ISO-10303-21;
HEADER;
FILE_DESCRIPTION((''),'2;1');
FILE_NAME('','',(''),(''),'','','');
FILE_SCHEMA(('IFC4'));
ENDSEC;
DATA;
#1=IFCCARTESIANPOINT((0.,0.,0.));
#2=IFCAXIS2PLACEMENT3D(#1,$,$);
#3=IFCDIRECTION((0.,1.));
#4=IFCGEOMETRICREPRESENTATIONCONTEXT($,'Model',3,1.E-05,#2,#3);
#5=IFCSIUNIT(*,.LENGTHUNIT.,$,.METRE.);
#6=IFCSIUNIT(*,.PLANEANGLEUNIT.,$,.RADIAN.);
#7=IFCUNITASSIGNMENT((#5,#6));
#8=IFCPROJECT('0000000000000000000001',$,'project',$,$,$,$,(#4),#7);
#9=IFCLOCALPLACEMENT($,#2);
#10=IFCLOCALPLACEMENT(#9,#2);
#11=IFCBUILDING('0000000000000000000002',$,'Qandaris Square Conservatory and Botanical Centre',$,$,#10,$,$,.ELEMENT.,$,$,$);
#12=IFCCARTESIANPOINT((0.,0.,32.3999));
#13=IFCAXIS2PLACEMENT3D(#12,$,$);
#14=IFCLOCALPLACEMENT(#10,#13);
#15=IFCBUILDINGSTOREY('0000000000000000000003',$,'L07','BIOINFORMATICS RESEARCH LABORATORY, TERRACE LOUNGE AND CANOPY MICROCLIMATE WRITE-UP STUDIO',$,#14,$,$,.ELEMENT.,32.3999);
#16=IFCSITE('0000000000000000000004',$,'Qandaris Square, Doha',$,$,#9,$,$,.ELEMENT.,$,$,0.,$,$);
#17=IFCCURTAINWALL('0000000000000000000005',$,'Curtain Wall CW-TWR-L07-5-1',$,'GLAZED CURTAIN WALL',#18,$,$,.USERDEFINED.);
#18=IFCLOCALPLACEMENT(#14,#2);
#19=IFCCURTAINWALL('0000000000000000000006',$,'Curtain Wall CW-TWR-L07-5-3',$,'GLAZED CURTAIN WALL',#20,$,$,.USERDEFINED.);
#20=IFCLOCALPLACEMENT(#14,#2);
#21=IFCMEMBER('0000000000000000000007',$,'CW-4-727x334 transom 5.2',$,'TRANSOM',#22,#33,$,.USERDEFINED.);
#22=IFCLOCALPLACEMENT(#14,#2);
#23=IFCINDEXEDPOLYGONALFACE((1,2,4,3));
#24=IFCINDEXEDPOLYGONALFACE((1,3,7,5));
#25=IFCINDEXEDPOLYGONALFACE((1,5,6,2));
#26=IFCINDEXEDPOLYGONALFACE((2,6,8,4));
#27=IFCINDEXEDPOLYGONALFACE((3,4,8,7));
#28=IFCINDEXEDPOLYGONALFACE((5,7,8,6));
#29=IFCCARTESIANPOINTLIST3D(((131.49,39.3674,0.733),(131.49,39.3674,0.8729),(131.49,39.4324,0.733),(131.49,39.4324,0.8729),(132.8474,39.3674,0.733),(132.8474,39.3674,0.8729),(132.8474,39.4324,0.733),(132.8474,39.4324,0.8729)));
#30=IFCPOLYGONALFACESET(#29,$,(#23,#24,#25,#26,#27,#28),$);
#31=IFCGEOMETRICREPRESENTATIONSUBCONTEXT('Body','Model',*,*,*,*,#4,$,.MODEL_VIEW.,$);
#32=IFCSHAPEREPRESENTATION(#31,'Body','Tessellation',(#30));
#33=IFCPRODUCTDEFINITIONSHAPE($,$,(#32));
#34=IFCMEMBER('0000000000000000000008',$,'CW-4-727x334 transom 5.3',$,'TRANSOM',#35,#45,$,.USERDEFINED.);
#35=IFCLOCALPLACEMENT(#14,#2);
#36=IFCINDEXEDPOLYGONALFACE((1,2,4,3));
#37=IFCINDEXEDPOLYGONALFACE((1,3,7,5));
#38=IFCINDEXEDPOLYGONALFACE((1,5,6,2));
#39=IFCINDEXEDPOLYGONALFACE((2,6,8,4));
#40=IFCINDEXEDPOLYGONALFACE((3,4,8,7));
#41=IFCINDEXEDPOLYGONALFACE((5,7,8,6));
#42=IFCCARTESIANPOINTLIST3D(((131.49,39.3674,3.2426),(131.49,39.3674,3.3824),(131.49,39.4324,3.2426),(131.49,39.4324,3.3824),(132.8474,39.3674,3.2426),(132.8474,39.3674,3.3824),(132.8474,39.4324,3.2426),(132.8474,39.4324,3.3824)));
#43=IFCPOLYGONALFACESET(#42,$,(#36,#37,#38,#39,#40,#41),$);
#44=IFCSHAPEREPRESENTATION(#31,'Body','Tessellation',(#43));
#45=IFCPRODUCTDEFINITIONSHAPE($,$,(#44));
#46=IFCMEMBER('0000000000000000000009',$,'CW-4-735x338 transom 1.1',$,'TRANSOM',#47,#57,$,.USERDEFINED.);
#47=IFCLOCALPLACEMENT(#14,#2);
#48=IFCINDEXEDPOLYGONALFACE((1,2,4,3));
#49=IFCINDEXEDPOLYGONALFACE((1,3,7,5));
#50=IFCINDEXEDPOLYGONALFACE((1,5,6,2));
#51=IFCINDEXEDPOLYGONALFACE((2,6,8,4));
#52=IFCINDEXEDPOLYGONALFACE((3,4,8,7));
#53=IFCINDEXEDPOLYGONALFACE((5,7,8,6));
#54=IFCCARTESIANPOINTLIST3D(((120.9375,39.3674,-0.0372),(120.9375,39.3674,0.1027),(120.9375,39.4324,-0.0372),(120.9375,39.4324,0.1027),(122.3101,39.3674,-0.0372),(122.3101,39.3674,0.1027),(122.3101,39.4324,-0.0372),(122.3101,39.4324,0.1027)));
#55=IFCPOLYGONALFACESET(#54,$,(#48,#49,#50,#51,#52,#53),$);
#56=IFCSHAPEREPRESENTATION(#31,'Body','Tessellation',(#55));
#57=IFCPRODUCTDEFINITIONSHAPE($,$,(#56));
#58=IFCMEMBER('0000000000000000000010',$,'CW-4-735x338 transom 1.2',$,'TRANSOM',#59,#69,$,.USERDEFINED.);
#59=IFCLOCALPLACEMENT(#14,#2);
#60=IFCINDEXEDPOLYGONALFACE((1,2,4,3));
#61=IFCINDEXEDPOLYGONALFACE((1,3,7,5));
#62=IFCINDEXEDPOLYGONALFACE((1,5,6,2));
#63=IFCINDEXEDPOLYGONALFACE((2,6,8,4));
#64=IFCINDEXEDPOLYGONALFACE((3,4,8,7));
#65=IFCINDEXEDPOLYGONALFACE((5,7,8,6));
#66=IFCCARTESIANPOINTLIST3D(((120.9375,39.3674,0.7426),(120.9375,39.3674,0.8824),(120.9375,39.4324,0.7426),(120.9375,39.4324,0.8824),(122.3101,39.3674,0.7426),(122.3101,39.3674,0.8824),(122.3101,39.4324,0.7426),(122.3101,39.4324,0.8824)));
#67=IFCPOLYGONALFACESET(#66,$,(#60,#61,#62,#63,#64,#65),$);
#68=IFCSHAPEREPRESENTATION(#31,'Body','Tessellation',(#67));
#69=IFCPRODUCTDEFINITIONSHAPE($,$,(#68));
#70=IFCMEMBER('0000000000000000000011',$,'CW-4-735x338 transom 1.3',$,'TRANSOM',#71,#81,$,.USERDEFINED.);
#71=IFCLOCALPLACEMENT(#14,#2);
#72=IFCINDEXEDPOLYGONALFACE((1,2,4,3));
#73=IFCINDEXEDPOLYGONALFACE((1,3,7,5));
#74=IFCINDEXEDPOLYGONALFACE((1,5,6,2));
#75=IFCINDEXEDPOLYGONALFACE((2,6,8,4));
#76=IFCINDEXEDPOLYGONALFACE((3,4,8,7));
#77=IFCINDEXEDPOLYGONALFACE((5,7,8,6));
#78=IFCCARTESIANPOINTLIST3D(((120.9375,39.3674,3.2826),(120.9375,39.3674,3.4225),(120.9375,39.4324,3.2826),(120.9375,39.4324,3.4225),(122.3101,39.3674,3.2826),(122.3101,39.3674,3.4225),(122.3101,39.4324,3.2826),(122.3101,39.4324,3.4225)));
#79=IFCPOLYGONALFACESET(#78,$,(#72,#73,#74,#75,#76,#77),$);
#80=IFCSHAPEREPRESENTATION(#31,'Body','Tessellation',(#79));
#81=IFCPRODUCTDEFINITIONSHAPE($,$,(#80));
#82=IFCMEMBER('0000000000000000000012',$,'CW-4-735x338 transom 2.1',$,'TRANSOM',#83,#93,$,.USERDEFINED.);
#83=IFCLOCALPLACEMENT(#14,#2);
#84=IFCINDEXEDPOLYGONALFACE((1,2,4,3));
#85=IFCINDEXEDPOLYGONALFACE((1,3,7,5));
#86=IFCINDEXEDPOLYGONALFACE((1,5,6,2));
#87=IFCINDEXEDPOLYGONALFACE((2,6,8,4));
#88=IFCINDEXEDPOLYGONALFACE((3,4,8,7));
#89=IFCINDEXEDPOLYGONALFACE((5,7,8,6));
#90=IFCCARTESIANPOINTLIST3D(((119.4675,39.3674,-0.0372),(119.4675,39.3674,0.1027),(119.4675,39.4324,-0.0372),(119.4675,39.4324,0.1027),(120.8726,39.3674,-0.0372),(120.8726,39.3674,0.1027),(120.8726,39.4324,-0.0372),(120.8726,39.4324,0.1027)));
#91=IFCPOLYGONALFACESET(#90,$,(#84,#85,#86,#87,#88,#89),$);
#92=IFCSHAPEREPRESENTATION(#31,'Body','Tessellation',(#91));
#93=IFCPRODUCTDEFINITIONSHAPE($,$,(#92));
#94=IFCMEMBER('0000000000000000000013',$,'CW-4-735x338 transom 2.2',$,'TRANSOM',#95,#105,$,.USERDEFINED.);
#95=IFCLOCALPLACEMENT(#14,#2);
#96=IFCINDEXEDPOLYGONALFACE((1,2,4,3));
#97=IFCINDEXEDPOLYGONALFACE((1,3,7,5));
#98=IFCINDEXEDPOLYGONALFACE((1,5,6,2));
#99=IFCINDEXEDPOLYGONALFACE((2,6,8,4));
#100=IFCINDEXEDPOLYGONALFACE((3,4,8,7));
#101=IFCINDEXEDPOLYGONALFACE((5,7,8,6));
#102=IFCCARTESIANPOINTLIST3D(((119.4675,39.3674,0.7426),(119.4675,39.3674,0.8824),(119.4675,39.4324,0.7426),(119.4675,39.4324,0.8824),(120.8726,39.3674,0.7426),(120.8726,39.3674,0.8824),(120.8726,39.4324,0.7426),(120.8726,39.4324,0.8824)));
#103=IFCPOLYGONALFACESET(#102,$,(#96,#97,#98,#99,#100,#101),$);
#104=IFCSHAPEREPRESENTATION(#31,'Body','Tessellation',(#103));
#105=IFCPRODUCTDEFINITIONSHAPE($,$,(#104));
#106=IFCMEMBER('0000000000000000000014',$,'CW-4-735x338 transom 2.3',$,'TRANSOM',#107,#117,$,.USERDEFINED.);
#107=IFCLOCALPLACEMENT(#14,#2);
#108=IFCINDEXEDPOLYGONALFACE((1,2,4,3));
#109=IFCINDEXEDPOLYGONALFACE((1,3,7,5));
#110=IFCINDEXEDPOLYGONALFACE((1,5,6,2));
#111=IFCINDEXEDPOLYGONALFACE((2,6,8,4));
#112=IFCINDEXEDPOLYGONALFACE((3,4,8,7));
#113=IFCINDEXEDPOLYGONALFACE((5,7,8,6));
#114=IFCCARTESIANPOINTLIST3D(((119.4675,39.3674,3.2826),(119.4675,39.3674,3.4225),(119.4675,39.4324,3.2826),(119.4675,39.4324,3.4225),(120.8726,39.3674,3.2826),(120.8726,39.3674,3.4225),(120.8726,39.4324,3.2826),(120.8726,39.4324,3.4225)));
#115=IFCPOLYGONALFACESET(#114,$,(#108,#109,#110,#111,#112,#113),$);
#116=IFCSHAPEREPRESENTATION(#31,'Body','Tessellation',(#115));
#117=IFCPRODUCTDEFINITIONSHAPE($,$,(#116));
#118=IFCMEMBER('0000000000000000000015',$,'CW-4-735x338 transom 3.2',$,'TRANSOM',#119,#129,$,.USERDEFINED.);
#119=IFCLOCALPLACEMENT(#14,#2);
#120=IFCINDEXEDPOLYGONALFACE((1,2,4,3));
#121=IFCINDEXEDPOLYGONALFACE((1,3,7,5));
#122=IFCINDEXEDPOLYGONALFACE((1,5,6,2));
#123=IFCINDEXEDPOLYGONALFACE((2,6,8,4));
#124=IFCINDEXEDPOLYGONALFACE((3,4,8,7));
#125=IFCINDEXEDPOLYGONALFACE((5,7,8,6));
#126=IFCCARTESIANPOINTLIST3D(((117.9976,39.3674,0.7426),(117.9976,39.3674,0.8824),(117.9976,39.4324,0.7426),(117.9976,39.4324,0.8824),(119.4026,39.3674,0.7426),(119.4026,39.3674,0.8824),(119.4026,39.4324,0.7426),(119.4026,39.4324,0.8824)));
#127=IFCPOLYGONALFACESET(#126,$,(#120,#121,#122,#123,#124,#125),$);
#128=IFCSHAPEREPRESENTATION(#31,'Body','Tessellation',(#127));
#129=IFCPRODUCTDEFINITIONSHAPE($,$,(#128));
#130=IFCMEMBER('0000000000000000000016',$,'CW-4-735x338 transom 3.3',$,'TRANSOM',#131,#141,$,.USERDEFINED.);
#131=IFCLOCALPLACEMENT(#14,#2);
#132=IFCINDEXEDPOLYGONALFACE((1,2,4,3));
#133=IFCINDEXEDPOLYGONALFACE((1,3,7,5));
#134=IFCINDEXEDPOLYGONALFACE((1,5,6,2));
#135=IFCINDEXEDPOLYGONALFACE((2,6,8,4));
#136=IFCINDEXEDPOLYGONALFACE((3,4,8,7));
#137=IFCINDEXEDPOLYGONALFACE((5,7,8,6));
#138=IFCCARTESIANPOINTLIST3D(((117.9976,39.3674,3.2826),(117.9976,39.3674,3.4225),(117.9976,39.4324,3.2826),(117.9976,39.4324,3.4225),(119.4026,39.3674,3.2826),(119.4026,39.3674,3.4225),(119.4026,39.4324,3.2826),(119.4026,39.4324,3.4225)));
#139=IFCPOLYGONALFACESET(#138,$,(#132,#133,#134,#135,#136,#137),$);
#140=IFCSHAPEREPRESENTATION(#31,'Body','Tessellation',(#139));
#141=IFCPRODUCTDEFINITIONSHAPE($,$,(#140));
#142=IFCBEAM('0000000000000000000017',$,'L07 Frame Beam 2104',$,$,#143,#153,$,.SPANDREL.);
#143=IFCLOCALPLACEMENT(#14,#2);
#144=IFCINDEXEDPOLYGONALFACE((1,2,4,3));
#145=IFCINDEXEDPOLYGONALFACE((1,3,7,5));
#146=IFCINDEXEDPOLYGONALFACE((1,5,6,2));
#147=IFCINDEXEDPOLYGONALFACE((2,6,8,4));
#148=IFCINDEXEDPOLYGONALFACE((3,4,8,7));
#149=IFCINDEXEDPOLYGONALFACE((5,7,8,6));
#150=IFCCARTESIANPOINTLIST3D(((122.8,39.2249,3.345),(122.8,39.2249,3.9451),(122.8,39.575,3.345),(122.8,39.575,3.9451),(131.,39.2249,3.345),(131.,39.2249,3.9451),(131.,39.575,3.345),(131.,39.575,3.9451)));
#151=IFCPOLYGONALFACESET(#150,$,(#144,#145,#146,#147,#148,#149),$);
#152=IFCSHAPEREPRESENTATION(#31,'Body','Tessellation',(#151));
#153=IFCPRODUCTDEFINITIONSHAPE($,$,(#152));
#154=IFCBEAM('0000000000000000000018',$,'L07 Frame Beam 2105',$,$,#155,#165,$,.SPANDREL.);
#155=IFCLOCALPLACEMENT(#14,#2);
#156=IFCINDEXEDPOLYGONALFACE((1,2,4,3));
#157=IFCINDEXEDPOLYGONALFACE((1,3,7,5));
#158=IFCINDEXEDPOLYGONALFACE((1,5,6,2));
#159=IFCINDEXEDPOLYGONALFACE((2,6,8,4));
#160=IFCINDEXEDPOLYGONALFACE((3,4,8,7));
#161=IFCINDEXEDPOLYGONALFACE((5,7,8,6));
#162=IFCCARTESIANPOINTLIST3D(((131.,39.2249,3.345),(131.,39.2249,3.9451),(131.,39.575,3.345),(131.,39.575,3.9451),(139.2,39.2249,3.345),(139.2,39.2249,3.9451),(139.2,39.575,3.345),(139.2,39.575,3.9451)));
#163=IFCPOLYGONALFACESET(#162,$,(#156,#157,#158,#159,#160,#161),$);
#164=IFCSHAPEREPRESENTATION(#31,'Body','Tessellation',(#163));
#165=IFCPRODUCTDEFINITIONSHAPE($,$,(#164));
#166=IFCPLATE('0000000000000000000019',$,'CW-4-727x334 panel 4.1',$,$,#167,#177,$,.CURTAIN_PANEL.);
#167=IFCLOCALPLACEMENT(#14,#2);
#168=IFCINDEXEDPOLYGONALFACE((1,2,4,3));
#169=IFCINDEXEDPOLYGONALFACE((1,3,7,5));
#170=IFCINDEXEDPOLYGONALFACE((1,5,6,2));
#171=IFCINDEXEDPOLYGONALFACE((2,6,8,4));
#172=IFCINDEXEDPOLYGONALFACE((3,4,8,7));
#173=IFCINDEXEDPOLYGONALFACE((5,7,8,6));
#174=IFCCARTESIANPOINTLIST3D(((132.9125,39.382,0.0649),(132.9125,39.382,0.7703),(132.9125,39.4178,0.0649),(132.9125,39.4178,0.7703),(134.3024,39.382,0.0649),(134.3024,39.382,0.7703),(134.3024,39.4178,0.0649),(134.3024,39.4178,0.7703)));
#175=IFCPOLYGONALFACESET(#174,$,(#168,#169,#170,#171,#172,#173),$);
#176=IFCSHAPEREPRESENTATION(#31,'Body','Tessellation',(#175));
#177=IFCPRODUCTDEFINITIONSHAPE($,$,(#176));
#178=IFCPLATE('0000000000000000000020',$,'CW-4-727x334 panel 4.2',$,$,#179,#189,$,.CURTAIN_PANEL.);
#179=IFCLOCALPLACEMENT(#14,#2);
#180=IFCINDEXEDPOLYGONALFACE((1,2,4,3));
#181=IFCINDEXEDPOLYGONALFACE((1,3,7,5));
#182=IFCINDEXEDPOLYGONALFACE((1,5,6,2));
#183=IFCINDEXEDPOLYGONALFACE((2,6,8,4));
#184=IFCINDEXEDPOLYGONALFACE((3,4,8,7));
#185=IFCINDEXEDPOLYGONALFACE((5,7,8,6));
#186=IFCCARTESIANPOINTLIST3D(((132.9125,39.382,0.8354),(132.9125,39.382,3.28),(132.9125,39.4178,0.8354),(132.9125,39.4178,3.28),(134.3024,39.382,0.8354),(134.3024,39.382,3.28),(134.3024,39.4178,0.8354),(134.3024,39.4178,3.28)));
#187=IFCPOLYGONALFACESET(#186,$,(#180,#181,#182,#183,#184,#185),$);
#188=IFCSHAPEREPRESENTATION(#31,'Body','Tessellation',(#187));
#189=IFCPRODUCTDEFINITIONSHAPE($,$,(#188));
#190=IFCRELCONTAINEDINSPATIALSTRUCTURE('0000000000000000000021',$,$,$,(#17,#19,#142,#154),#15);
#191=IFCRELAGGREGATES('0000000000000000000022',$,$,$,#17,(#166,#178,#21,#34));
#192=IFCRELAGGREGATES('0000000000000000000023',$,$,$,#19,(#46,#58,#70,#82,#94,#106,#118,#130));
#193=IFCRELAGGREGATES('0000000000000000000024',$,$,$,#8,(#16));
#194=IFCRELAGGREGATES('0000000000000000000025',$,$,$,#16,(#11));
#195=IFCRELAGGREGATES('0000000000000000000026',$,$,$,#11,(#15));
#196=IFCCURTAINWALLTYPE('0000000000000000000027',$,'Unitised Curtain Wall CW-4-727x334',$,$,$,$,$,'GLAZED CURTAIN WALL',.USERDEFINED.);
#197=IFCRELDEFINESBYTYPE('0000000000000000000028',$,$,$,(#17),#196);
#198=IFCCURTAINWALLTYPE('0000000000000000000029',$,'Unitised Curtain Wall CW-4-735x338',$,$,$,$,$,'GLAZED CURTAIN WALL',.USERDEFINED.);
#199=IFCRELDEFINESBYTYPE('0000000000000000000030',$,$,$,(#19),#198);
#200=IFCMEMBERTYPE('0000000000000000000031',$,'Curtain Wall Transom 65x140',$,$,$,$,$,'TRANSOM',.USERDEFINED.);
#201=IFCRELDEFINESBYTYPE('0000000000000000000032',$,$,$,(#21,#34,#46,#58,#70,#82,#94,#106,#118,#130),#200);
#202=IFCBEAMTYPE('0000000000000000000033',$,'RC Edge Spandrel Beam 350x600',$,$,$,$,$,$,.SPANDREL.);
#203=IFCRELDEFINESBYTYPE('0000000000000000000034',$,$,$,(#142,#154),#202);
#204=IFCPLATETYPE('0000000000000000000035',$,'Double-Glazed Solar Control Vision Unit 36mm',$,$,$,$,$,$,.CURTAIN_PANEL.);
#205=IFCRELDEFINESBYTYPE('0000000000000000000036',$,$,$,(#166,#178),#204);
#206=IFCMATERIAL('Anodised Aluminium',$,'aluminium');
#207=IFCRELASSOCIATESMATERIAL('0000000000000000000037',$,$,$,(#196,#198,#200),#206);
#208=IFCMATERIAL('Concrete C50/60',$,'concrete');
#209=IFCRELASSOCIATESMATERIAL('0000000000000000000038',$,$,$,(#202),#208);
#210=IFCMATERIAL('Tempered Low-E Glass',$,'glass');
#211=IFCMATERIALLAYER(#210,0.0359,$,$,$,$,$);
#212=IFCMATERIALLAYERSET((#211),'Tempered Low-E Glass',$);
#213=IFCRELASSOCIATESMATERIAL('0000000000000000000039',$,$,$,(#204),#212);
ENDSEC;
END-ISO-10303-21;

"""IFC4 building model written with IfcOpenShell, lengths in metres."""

from ifc_helpers import new_model, si_unit, direction, frame, origin, origin_2d, place, context, subcontext, project, spatial, rectangle, extrude, material, layer, layer_set, material_profile, profile_set, type_object, element, aggregate, save


model = new_model("IFC4")

# Units and contexts
model_context = context("Model", 3, precision=1e-05, world=origin(), true_north=direction((0.0, 1.0)))
body_context = subcontext(model_context, "Body", "Model", "MODEL_VIEW")
ifc_project = project(units=[si_unit("LENGTHUNIT", "METRE"), si_unit("PLANEANGLEUNIT", "RADIAN")], contexts=[model_context])

# Site, building, storey
site_placement = place(None, origin())
site = spatial("IfcSite", under=ifc_project, at=site_placement, Name="Qandaris Square, Doha", CompositionType="ELEMENT", RefElevation=0.0)
building_placement = place(site_placement, origin())
building = spatial("IfcBuilding", under=site, at=building_placement, Name="Qandaris Square Conservatory and Botanical Centre", CompositionType="ELEMENT")
storey_placement = place(building_placement, frame((0.0, 0.0, 32.3999)))
storey = spatial("IfcBuildingStorey", under=building, at=storey_placement, Name="L07", Description="BIOINFORMATICS RESEARCH LABORATORY, TERRACE LOUNGE AND CANOPY MICROCLIMATE WRITE-UP STUDIO", CompositionType="ELEMENT", Elevation=32.3999)

# Shared definitions
ifc_material_1 = material(Name="Concrete C50/60", Category="concrete")

# Curtain walls
ifc_material_2 = material(Name="Anodised Aluminium", Category="aluminium")
curtain_wall_type_1 = type_object("IfcCurtainWallType", Name="Unitised Curtain Wall CW-4-727x334", ElementType="GLAZED CURTAIN WALL", PredefinedType="USERDEFINED", material=ifc_material_2)
curtain_wall_1_placement = place(storey_placement, origin())
curtain_wall_1 = element("IfcCurtainWall", 1, at=curtain_wall_1_placement, inside=storey, type_object=curtain_wall_type_1, Name="Curtain Wall CW-TWR-L07-5-1", ObjectType="GLAZED CURTAIN WALL", PredefinedType="USERDEFINED")
curtain_wall_type_2 = type_object("IfcCurtainWallType", Name="Unitised Curtain Wall CW-4-735x338", ElementType="GLAZED CURTAIN WALL", PredefinedType="USERDEFINED", material=ifc_material_2)
curtain_wall_2_placement = place(storey_placement, origin())
curtain_wall_2 = element("IfcCurtainWall", 2, at=curtain_wall_2_placement, inside=storey, type_object=curtain_wall_type_2, Name="Curtain Wall CW-TWR-L07-5-3", ObjectType="GLAZED CURTAIN WALL", PredefinedType="USERDEFINED")

# Members
ifc_material_profile_1 = material_profile(ifc_material_2, rectangle(XDim=0.0649, YDim=0.1399, at=origin_2d()), Name="ALU-TRN 65x140")
ifc_profile_set_1 = profile_set([ifc_material_profile_1], Name="Anodised Aluminium")
member_type_1 = type_object("IfcMemberType", Name="Curtain Wall Transom 65x140", ElementType="TRANSOM", PredefinedType="USERDEFINED", material=ifc_profile_set_1)
member_1_placement = place(storey_placement, frame((132.8474, 39.3999, 0.803), z_axis=(-1.0, 0.0, 0.0), x_axis=(0.0, -1.0, 0.0)))
member_1 = element("IfcMember", 3, at=member_1_placement, type_object=member_type_1, Name="CW-4-727x334 transom 5.2", ObjectType="TRANSOM", PredefinedType="USERDEFINED", context=body_context, shape_type="SweptSolid", body=[
    extrude(rectangle(XDim=0.0649, YDim=0.1399, at=origin_2d()), origin(), (0.0, 0.0, 1.0), 1.3574),
])
member_2_placement = place(storey_placement, frame((132.8474, 39.3999, 3.3125), z_axis=(-1.0, 0.0, 0.0), x_axis=(0.0, -1.0, 0.0)))
member_2 = element("IfcMember", 4, at=member_2_placement, type_object=member_type_1, Name="CW-4-727x334 transom 5.3", ObjectType="TRANSOM", PredefinedType="USERDEFINED", context=body_context, shape_type="SweptSolid", body=[
    extrude(rectangle(XDim=0.0649, YDim=0.1399, at=origin_2d()), origin(), (0.0, 0.0, 1.0), 1.3574),
])
member_3_placement = place(storey_placement, frame((122.3101, 39.3999, 0.0327), z_axis=(-1.0, 0.0, 0.0), x_axis=(0.0, -1.0, 0.0)))
member_3 = element("IfcMember", 5, at=member_3_placement, type_object=member_type_1, Name="CW-4-735x338 transom 1.1", ObjectType="TRANSOM", PredefinedType="USERDEFINED", context=body_context, shape_type="SweptSolid", body=[
    extrude(rectangle(XDim=0.0649, YDim=0.1399, at=origin_2d()), origin(), (0.0, 0.0, 1.0), 1.3726),
])
member_4_placement = place(storey_placement, frame((122.3101, 39.3999, 0.8125), z_axis=(-1.0, 0.0, 0.0), x_axis=(0.0, -1.0, 0.0)))
member_4 = element("IfcMember", 6, at=member_4_placement, type_object=member_type_1, Name="CW-4-735x338 transom 1.2", ObjectType="TRANSOM", PredefinedType="USERDEFINED", context=body_context, shape_type="SweptSolid", body=[
    extrude(rectangle(XDim=0.0649, YDim=0.1399, at=origin_2d()), origin(), (0.0, 0.0, 1.0), 1.3726),
])
member_5_placement = place(storey_placement, frame((122.3101, 39.3999, 3.3525), z_axis=(-1.0, 0.0, 0.0), x_axis=(0.0, -1.0, 0.0)))
member_5 = element("IfcMember", 7, at=member_5_placement, type_object=member_type_1, Name="CW-4-735x338 transom 1.3", ObjectType="TRANSOM", PredefinedType="USERDEFINED", context=body_context, shape_type="SweptSolid", body=[
    extrude(rectangle(XDim=0.0649, YDim=0.1399, at=origin_2d()), origin(), (0.0, 0.0, 1.0), 1.3726),
])
member_6_placement = place(storey_placement, frame((120.8726, 39.3999, 0.0327), z_axis=(-1.0, 0.0, 0.0), x_axis=(0.0, -1.0, 0.0)))
member_6 = element("IfcMember", 8, at=member_6_placement, type_object=member_type_1, Name="CW-4-735x338 transom 2.1", ObjectType="TRANSOM", PredefinedType="USERDEFINED", context=body_context, shape_type="SweptSolid", body=[
    extrude(rectangle(XDim=0.0649, YDim=0.1399, at=origin_2d()), origin(), (0.0, 0.0, 1.0), 1.405),
])
member_7_placement = place(storey_placement, frame((120.8726, 39.3999, 0.8125), z_axis=(-1.0, 0.0, 0.0), x_axis=(0.0, -1.0, 0.0)))
member_7 = element("IfcMember", 9, at=member_7_placement, type_object=member_type_1, Name="CW-4-735x338 transom 2.2", ObjectType="TRANSOM", PredefinedType="USERDEFINED", context=body_context, shape_type="SweptSolid", body=[
    extrude(rectangle(XDim=0.0649, YDim=0.1399, at=origin_2d()), origin(), (0.0, 0.0, 1.0), 1.405),
])
member_8_placement = place(storey_placement, frame((120.8726, 39.3999, 3.3525), z_axis=(-1.0, 0.0, 0.0), x_axis=(0.0, -1.0, 0.0)))
member_8 = element("IfcMember", 10, at=member_8_placement, type_object=member_type_1, Name="CW-4-735x338 transom 2.3", ObjectType="TRANSOM", PredefinedType="USERDEFINED", context=body_context, shape_type="SweptSolid", body=[
    extrude(rectangle(XDim=0.0649, YDim=0.1399, at=origin_2d()), origin(), (0.0, 0.0, 1.0), 1.405),
])
member_9_placement = place(storey_placement, frame((119.4026, 39.3999, 0.8125), z_axis=(-1.0, 0.0, 0.0), x_axis=(0.0, -1.0, 0.0)))
member_9 = element("IfcMember", 11, at=member_9_placement, type_object=member_type_1, Name="CW-4-735x338 transom 3.2", ObjectType="TRANSOM", PredefinedType="USERDEFINED", context=body_context, shape_type="SweptSolid", body=[
    extrude(rectangle(XDim=0.0649, YDim=0.1399, at=origin_2d()), origin(), (0.0, 0.0, 1.0), 1.405),
])
member_10_placement = place(storey_placement, frame((119.4026, 39.3999, 3.3525), z_axis=(-1.0, 0.0, 0.0), x_axis=(0.0, -1.0, 0.0)))
member_10 = element("IfcMember", 12, at=member_10_placement, type_object=member_type_1, Name="CW-4-735x338 transom 3.3", ObjectType="TRANSOM", PredefinedType="USERDEFINED", context=body_context, shape_type="SweptSolid", body=[
    extrude(rectangle(XDim=0.0649, YDim=0.1399, at=origin_2d()), origin(), (0.0, 0.0, 1.0), 1.405),
])

# Beams
ifc_material_profile_2 = material_profile(ifc_material_1, rectangle(XDim=0.3501, YDim=0.6001, at=origin_2d()), Name="RC-SP 350x600")
ifc_profile_set_2 = profile_set([ifc_material_profile_2], Name="Concrete C50/60")
beam_type_1 = type_object("IfcBeamType", Name="RC Edge Spandrel Beam 350x600", PredefinedType="SPANDREL", material=ifc_profile_set_2)
for number, where, z_axis, x_axis, name in (
    (13, (122.8, 39.3999, 3.645), (1.0, 0.0, 0.0), (0.0, 1.0, 0.0), "L07 Frame Beam 2104"),
    (14, (131.0, 39.3999, 3.645), (1.0, 0.0, 0.0), (0.0, 1.0, 0.0), "L07 Frame Beam 2105"),
):
    element("IfcBeam", number, at=place(storey_placement, frame(where, z_axis=z_axis, x_axis=x_axis)), inside=storey, type_object=beam_type_1, Name=name, PredefinedType="SPANDREL", context=body_context, shape_type="SweptSolid", body=[
        extrude(rectangle(XDim=0.3501, YDim=0.6001, at=origin_2d()), origin(), (0.0, 0.0, 1.0), 8.2),
    ])

# Plates
ifc_material_3 = material(Name="Tempered Low-E Glass", Category="glass")
ifc_layer_1 = layer(ifc_material_3, 0.0359)
ifc_layer_set_1 = layer_set([ifc_layer_1], Name="Tempered Low-E Glass")
plate_type = type_object("IfcPlateType", Name="Double-Glazed Solar Control Vision Unit 36mm", PredefinedType="CURTAIN_PANEL", material=ifc_layer_set_1)
plate_1_placement = place(storey_placement, frame((133.6074, 39.3999, 0.0649), z_axis=(0.0, 0.0, 1.0), x_axis=(-1.0, 0.0, 0.0)))
plate_1 = element("IfcPlate", 15, at=plate_1_placement, type_object=plate_type, Name="CW-4-727x334 panel 4.1", PredefinedType="CURTAIN_PANEL", context=body_context, shape_type="SweptSolid", body=[
    extrude(rectangle(XDim=1.3899, YDim=0.0359, at=origin_2d()), origin(), (0.0, 0.0, 1.0), 0.7053),
])
plate_2_placement = place(storey_placement, frame((133.6074, 39.3999, 0.8354), z_axis=(0.0, 0.0, 1.0), x_axis=(-1.0, 0.0, 0.0)))
plate_2 = element("IfcPlate", 16, at=plate_2_placement, type_object=plate_type, Name="CW-4-727x334 panel 4.2", PredefinedType="CURTAIN_PANEL", context=body_context, shape_type="SweptSolid", body=[
    extrude(rectangle(XDim=1.3899, YDim=0.0359, at=origin_2d()), origin(), (0.0, 0.0, 1.0), 2.4446),
])
aggregate(curtain_wall_1, [plate_1, plate_2, member_1, member_2])
aggregate(curtain_wall_2, [member_3, member_4, member_5, member_6, member_7, member_8, member_9, member_10])

save(model, "model.ifc")
